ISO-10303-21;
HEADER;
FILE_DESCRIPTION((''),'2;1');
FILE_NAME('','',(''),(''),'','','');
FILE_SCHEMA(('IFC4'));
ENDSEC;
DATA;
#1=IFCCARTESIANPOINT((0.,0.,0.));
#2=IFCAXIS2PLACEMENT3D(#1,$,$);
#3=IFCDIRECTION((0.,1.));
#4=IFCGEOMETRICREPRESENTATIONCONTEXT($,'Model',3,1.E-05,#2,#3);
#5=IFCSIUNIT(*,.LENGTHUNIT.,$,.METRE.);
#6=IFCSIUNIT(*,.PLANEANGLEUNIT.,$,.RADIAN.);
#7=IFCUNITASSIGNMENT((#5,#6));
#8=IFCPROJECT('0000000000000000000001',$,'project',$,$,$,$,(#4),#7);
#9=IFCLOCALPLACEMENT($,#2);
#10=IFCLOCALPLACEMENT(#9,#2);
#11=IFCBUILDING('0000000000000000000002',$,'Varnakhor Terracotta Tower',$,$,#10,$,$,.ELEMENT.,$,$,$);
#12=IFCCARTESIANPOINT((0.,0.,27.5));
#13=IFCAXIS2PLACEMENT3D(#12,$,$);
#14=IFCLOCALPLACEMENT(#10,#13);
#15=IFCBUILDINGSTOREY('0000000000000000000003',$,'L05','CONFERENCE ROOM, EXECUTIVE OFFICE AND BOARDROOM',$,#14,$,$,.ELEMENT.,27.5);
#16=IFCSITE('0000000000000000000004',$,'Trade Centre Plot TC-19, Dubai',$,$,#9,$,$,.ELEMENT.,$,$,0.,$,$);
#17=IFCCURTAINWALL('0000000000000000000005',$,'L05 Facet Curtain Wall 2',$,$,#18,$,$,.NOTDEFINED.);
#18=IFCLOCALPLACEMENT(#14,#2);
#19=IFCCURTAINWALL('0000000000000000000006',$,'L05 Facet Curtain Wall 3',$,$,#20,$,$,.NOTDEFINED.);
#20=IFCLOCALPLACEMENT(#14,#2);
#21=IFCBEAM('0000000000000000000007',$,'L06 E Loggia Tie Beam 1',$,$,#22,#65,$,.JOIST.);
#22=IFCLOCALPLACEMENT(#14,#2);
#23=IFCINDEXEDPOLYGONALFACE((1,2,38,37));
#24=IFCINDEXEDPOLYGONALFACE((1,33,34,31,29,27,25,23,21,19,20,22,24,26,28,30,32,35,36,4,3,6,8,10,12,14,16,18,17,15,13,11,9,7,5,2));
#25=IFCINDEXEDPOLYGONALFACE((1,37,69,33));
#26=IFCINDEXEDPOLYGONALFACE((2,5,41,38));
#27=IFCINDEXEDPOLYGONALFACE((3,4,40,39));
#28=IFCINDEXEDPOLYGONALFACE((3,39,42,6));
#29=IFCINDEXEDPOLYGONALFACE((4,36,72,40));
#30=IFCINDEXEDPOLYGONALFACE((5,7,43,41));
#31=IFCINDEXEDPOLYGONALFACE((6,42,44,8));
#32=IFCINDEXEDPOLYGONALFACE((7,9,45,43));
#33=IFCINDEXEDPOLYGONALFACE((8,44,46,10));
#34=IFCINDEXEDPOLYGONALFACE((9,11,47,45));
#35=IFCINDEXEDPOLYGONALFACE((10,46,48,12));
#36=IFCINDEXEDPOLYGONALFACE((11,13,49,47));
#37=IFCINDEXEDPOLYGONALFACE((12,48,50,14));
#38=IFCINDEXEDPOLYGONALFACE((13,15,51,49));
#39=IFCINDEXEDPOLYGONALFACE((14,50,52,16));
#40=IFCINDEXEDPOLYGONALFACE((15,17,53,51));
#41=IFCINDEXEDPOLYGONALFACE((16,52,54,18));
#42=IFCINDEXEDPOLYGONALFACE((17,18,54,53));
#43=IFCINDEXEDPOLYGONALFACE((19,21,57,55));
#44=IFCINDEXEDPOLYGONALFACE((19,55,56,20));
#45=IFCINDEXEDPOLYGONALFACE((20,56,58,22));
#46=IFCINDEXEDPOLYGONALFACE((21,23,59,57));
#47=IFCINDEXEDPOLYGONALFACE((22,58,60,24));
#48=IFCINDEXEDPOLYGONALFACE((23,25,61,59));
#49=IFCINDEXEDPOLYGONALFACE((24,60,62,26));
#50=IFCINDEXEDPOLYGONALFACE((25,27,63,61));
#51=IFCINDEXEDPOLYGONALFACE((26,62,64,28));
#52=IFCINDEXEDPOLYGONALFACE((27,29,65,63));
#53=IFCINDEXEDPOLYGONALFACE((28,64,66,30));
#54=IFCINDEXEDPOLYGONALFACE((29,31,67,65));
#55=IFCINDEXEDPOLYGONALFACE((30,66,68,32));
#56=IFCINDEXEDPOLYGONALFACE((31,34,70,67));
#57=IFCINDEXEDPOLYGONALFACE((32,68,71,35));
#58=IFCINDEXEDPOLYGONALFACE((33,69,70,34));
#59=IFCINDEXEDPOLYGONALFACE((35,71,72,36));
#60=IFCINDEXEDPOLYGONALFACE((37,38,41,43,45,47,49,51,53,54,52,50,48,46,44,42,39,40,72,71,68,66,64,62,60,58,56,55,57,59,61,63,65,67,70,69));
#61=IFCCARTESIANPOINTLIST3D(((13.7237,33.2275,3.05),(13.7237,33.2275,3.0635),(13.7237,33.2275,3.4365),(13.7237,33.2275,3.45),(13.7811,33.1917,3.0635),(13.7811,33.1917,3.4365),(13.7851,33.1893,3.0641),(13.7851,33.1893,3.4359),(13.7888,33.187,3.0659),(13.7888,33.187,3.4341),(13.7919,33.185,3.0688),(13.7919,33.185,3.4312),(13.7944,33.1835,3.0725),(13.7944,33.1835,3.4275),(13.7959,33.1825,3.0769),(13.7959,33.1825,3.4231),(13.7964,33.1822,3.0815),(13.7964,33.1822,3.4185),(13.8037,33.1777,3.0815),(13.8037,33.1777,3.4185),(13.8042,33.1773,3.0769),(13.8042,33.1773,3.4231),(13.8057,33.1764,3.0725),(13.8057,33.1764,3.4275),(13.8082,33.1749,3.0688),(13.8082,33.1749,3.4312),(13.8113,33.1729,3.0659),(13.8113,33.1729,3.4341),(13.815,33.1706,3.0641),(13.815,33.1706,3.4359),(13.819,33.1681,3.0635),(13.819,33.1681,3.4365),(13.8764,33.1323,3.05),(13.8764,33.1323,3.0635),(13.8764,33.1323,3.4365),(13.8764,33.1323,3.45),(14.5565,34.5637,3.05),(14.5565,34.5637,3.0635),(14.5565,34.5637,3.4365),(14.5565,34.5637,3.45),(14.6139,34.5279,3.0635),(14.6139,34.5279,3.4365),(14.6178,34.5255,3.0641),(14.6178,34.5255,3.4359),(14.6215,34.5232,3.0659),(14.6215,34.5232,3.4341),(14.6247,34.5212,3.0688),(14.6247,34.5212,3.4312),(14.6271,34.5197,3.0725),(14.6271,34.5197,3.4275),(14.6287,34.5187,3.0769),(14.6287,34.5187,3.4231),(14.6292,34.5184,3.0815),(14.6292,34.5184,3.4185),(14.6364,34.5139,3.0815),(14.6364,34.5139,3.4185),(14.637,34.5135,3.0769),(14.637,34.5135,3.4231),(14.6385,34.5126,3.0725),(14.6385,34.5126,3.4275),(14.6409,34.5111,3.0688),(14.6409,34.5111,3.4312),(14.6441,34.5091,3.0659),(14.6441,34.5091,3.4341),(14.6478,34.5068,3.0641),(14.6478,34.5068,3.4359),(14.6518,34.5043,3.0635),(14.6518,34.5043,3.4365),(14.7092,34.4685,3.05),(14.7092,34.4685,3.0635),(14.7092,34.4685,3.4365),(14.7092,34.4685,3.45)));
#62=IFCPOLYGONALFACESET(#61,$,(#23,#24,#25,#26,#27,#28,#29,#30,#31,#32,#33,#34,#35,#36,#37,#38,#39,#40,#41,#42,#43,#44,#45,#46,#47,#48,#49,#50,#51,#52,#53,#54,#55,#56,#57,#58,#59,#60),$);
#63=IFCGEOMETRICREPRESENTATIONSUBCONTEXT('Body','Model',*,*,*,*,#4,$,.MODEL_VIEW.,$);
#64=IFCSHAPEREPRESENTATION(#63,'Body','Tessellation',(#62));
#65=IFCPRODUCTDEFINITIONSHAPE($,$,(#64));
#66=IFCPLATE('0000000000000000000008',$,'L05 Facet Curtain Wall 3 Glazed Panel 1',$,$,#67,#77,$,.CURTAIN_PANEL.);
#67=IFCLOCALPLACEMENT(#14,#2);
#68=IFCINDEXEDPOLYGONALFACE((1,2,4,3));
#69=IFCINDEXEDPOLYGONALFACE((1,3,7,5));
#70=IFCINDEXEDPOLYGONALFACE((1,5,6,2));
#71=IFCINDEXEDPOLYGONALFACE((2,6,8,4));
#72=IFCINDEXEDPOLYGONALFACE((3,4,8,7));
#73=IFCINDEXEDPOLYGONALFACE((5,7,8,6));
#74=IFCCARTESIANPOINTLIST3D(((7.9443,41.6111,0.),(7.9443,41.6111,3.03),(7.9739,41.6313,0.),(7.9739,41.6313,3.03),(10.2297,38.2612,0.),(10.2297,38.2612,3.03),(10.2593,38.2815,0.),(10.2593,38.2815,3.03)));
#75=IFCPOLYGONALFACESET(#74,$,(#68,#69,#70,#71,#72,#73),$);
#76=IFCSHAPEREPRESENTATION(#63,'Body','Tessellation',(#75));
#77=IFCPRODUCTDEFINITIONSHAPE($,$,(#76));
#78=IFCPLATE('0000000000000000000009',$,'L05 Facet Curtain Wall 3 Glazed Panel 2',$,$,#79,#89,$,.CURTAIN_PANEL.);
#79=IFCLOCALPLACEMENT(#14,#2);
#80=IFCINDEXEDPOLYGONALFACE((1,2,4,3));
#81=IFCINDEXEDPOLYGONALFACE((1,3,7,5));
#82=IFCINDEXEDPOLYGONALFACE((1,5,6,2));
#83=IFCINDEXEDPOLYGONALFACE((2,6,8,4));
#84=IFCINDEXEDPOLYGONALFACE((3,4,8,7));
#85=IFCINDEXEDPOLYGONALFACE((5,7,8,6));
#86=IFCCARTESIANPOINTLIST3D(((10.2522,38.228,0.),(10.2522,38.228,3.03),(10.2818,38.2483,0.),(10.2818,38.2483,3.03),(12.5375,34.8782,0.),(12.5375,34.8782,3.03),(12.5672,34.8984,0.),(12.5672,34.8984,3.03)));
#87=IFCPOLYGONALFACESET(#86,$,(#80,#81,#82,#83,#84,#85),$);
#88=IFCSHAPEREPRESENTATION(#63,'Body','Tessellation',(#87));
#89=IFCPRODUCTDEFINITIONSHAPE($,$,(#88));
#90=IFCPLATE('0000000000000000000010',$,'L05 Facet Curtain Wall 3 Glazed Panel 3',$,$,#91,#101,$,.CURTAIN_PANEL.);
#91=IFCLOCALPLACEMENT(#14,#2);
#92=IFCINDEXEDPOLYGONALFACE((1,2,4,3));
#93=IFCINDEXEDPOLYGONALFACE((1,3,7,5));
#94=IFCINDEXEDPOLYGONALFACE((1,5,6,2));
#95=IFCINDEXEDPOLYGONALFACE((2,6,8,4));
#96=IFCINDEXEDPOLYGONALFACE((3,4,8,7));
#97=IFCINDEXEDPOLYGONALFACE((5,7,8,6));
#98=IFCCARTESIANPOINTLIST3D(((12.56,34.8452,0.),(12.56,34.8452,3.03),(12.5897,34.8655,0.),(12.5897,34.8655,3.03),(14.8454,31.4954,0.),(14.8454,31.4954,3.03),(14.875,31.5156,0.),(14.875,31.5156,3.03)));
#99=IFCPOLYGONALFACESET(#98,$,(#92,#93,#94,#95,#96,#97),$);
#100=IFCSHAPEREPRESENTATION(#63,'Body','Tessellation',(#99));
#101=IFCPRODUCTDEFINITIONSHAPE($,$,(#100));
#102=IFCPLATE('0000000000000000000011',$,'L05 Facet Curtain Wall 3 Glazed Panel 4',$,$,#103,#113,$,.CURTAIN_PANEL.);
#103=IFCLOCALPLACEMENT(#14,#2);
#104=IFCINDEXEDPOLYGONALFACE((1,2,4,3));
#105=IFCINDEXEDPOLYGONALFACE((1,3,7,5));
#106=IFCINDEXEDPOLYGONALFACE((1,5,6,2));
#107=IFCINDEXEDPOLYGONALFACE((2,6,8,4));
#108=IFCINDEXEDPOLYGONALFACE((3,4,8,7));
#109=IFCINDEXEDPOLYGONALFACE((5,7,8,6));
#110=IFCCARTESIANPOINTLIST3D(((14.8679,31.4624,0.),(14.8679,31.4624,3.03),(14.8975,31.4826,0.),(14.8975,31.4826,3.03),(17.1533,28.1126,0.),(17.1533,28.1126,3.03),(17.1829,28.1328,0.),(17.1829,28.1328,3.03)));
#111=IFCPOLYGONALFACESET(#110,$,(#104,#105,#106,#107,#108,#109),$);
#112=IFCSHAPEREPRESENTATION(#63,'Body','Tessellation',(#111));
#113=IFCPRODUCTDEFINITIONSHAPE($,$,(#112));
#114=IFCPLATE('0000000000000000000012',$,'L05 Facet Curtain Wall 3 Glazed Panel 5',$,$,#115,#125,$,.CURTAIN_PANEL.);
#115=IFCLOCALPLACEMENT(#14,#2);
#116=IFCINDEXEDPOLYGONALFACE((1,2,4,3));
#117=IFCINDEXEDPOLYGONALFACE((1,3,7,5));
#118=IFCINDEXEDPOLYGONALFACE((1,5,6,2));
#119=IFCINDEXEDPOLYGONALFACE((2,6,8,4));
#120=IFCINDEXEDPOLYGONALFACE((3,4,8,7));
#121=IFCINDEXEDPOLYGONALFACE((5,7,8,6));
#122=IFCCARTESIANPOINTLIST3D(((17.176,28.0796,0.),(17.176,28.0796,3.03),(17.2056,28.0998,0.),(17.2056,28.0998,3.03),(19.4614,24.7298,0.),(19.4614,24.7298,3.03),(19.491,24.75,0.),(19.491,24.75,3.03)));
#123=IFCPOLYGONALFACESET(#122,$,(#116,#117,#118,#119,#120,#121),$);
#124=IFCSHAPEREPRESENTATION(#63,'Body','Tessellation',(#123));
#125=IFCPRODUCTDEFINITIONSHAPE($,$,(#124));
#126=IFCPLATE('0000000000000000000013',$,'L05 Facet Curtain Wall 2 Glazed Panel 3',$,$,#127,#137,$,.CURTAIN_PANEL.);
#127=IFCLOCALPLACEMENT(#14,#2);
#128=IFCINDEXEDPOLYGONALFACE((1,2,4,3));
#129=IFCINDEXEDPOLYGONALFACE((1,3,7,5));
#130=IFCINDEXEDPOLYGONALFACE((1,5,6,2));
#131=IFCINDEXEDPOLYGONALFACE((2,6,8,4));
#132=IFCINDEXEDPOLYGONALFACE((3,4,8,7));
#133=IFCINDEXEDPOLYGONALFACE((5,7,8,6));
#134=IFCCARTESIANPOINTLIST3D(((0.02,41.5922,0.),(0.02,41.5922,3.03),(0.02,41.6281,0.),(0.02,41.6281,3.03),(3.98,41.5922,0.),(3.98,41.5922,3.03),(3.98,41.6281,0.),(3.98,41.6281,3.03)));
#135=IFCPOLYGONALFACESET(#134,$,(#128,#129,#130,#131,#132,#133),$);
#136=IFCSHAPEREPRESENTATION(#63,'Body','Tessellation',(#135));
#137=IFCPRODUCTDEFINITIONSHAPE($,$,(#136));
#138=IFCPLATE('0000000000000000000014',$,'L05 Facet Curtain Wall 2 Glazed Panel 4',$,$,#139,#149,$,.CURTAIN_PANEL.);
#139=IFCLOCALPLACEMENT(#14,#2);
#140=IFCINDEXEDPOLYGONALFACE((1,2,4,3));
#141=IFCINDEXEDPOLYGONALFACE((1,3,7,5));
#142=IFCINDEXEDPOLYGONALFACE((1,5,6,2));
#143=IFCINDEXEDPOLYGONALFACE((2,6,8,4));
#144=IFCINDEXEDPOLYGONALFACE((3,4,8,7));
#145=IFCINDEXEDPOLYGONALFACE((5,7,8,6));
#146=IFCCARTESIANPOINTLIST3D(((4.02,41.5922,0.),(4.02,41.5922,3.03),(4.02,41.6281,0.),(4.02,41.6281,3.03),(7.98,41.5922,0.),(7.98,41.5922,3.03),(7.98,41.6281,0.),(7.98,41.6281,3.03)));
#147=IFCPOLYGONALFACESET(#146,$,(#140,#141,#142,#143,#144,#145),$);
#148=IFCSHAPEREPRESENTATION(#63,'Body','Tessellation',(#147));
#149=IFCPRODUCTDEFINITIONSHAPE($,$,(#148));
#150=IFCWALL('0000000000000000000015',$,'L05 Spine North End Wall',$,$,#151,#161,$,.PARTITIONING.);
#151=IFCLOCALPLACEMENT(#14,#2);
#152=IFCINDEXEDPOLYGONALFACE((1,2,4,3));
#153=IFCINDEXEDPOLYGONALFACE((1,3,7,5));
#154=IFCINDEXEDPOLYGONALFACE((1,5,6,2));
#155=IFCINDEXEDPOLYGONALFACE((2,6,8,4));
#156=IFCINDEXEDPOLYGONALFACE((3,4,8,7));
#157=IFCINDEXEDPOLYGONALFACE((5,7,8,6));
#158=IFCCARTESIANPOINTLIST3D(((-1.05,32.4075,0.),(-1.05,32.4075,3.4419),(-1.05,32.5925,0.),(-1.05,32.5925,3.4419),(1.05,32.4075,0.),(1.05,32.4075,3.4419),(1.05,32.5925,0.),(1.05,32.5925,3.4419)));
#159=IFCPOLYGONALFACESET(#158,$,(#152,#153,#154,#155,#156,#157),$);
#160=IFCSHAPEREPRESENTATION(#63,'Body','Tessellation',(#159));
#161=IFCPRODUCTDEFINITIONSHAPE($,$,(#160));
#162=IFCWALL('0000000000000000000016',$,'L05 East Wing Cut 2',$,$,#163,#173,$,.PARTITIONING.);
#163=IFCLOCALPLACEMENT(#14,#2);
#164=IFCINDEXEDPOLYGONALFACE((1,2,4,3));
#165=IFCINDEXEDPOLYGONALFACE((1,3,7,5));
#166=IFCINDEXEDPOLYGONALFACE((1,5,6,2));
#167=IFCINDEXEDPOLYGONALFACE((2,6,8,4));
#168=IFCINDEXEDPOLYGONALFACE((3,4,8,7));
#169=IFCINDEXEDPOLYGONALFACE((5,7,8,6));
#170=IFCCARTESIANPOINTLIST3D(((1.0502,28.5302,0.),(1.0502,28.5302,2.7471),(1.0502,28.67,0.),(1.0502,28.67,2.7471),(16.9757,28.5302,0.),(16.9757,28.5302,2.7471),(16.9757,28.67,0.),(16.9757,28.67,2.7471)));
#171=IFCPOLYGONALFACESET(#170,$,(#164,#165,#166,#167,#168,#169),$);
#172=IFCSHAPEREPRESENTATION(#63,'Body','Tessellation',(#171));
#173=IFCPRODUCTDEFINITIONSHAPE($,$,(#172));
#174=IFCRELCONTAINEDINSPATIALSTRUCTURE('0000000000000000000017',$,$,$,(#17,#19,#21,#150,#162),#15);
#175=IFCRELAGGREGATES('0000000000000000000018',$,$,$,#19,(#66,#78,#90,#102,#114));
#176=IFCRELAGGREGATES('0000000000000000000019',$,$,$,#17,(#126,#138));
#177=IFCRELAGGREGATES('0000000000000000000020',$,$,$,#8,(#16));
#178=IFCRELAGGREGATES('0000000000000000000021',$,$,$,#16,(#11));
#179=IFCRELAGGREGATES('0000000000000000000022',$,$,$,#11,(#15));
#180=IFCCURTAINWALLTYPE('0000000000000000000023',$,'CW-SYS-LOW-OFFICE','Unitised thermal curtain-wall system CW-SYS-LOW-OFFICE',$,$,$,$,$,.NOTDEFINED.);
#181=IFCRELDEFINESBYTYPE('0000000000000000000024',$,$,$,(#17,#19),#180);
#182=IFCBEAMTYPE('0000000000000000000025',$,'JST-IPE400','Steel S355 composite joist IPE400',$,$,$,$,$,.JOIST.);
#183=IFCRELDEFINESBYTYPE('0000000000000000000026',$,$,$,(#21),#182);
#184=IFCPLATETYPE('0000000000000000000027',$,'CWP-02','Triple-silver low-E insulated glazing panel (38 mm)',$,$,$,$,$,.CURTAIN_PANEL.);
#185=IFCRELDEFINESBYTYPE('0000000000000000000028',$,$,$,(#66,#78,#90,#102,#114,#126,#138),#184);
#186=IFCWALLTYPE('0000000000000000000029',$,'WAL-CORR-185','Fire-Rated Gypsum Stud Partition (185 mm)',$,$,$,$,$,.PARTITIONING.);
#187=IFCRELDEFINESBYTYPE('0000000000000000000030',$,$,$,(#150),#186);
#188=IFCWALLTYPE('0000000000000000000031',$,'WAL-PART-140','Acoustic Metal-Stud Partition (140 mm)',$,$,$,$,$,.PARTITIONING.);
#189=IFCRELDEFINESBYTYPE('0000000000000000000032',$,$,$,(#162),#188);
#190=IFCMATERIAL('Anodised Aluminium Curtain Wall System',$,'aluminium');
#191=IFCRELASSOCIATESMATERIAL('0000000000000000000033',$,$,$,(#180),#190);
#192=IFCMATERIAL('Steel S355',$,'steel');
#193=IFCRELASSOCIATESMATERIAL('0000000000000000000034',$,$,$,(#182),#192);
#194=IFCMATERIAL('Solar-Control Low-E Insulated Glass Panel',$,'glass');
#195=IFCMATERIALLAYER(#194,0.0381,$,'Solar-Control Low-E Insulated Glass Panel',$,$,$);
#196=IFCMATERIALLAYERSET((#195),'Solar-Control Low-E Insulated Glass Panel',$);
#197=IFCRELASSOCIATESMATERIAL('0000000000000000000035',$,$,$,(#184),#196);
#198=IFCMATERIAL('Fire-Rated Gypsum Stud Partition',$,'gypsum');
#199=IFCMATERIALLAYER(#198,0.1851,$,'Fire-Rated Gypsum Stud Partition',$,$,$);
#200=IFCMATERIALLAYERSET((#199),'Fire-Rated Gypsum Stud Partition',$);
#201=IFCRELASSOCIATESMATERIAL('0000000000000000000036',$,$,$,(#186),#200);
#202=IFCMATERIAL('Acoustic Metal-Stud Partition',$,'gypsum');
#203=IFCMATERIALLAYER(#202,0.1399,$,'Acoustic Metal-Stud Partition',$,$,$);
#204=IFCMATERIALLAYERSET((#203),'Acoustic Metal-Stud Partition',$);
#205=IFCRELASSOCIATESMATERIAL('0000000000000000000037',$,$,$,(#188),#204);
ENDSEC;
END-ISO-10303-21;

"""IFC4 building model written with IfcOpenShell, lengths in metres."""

from ifc_helpers import new_model, si_unit, direction, frame, frame_2d, origin, origin_2d, place, context, subcontext, project, spatial, rectangle, i_section, extrude, source, transform, mapped, material, layer, layer_set, material_profile, profile_set, type_object, type_shapes, element, aggregate, save


model = new_model("IFC4")

# Units and contexts
model_context = context("Model", 3, precision=1e-05, world=origin(), true_north=direction((0.0, 1.0)))
body_context = subcontext(model_context, "Body", "Model", "MODEL_VIEW")
ifc_project = project(units=[si_unit("LENGTHUNIT", "METRE"), si_unit("PLANEANGLEUNIT", "RADIAN")], contexts=[model_context])

# Site, building, storey
site_placement = place(None, origin())
site = spatial("IfcSite", under=ifc_project, at=site_placement, Name="Trade Centre Plot TC-19, Dubai", CompositionType="ELEMENT", RefElevation=0.0)
building_placement = place(site_placement, origin())
building = spatial("IfcBuilding", under=site, at=building_placement, Name="Varnakhor Terracotta Tower", CompositionType="ELEMENT")
storey_placement = place(building_placement, frame((0.0, 0.0, 27.5)))
storey = spatial("IfcBuildingStorey", under=building, at=storey_placement, Name="L05", Description="CONFERENCE ROOM, EXECUTIVE OFFICE AND BOARDROOM", CompositionType="ELEMENT", Elevation=27.5)

# Shared definitions
ifc_material_1 = material(Name="Steel S355", Category="steel")

# Curtain walls
ifc_material_2 = material(Name="Anodised Aluminium Curtain Wall System", Category="aluminium")
curtain_wall_type = type_object("IfcCurtainWallType", Name="CW-SYS-LOW-OFFICE", Description="Unitised thermal curtain-wall system CW-SYS-LOW-OFFICE", PredefinedType="NOTDEFINED", material=ifc_material_2)
curtain_wall_1_placement = place(storey_placement, origin())
curtain_wall_1 = element("IfcCurtainWall", 1, at=curtain_wall_1_placement, inside=storey, type_object=curtain_wall_type, Name="L05 Facet Curtain Wall 2", PredefinedType="NOTDEFINED")
curtain_wall_2_placement = place(storey_placement, origin())
curtain_wall_2 = element("IfcCurtainWall", 2, at=curtain_wall_2_placement, inside=storey, type_object=curtain_wall_type, Name="L05 Facet Curtain Wall 3", PredefinedType="NOTDEFINED")

# Beam
ifc_material_profile_1 = material_profile(ifc_material_1, i_section(OverallWidth=0.1799, OverallDepth=0.3999, WebThickness=0.0085, FlangeThickness=0.0134, FilletRadius=0.0181, at=origin_2d()), Name="IPE400")
ifc_profile_set_1 = profile_set([ifc_material_profile_1], Name="Steel S355")
beam_type_1 = type_object("IfcBeamType", Name="JST-IPE400", Description="Steel S355 composite joist IPE400", PredefinedType="JOIST", material=ifc_profile_set_1)
shared_shape_1 = source(origin(), body_context, "Body", "SweptSolid", [
    extrude(i_section(OverallWidth=0.1799, OverallDepth=0.3999, WebThickness=0.0085, FlangeThickness=0.0134, FilletRadius=0.0181, at=origin_2d()), origin(), (0.0, 0.0, 1.0), 1.5745),
])
beam_1_placement = place(storey_placement, frame((13.8, 33.1799, 3.25), z_axis=(0.528925, 0.848668, 0.0), x_axis=(-0.848668, 0.528925, 0.0)))
element("IfcBeam", 3, at=beam_1_placement, inside=storey, type_object=beam_type_1, Name="L06 E Loggia Tie Beam 1", PredefinedType="JOIST", context=body_context, shape_type="MappedRepresentation", body=[
    mapped(shared_shape_1, transform((0.0, 0.0, 0.0), scale=1.0)),
])

# Plates
ifc_material_3 = material(Name="Solar-Control Low-E Insulated Glass Panel", Category="glass")
ifc_layer_1 = layer(ifc_material_3, 0.0381, Name="Solar-Control Low-E Insulated Glass Panel")
ifc_layer_set_1 = layer_set([ifc_layer_1], Name="Solar-Control Low-E Insulated Glass Panel")
plate_type = type_object("IfcPlateType", Name="CWP-02", Description="Triple-silver low-E insulated glazing panel (38 mm)", PredefinedType="CURTAIN_PANEL", material=ifc_layer_set_1)
shared_shape_2 = source(origin(), body_context, "Body", "SweptSolid", [
    extrude(rectangle(XDim=4.0552, YDim=0.0359, at=origin_2d()), origin(), (0.0, 0.0, 1.0), 3.03),
])
type_shapes(plate_type, [shared_shape_2])
plate_1_placement = place(storey_placement, frame((9.1018, 39.9463, 0.0), z_axis=(0.0, 0.0, 1.0), x_axis=(0.563569, -0.826069, 0.0)))
plate_1 = element("IfcPlate", 4, at=plate_1_placement, type_object=plate_type, Name="L05 Facet Curtain Wall 3 Glazed Panel 1", PredefinedType="CURTAIN_PANEL", context=body_context, shape_type="MappedRepresentation", body=[
    mapped(shared_shape_2, transform((0.0, 0.0, 0.0), scale=1.0)),
])
plate_2_placement = place(storey_placement, frame((11.4097, 36.5632, 0.0), z_axis=(0.0, 0.0, 1.0), x_axis=(0.563569, -0.826069, 0.0)))
plate_2 = element("IfcPlate", 5, at=plate_2_placement, type_object=plate_type, Name="L05 Facet Curtain Wall 3 Glazed Panel 2", PredefinedType="CURTAIN_PANEL", context=body_context, shape_type="MappedRepresentation", body=[
    mapped(shared_shape_2, transform((0.0, 0.0, 0.0), scale=1.0)),
])
plate_3_placement = place(storey_placement, frame((13.7175, 33.1804, 0.0), z_axis=(0.0, 0.0, 1.0), x_axis=(0.563569, -0.826069, 0.0)))
plate_3 = element("IfcPlate", 6, at=plate_3_placement, type_object=plate_type, Name="L05 Facet Curtain Wall 3 Glazed Panel 3", PredefinedType="CURTAIN_PANEL", context=body_context, shape_type="MappedRepresentation", body=[
    mapped(shared_shape_2, transform((0.0, 0.0, 0.0), scale=1.0)),
])
plate_4_placement = place(storey_placement, frame((16.0254, 29.7976, 0.0), z_axis=(0.0, 0.0, 1.0), x_axis=(0.563569, -0.826069, 0.0)))
plate_4 = element("IfcPlate", 7, at=plate_4_placement, type_object=plate_type, Name="L05 Facet Curtain Wall 3 Glazed Panel 4", PredefinedType="CURTAIN_PANEL", context=body_context, shape_type="MappedRepresentation", body=[
    mapped(shared_shape_2, transform((0.0, 0.0, 0.0), scale=1.0)),
])
plate_5_placement = place(storey_placement, frame((18.3335, 26.4148, 0.0), z_axis=(0.0, 0.0, 1.0), x_axis=(0.563569, -0.826069, 0.0)))
plate_5 = element("IfcPlate", 8, at=plate_5_placement, type_object=plate_type, Name="L05 Facet Curtain Wall 3 Glazed Panel 5", PredefinedType="CURTAIN_PANEL", context=body_context, shape_type="MappedRepresentation", body=[
    mapped(shared_shape_2, transform((0.0, 0.0, 0.0), scale=1.0)),
])
aggregate(curtain_wall_2, [plate_1, plate_2, plate_3, plate_4, plate_5])
shared_shape_3 = source(origin(), body_context, "Body", "SweptSolid", [
    extrude(rectangle(XDim=3.96, YDim=0.0359, at=origin_2d()), origin(), (0.0, 0.0, 1.0), 3.03),
])
plate_6_placement = place(storey_placement, frame((2.0, 41.6101, 0.0), z_axis=(0.0, 0.0, 1.0), x_axis=(1.0, 0.0, 0.0)))
plate_6 = element("IfcPlate", 9, at=plate_6_placement, type_object=plate_type, Name="L05 Facet Curtain Wall 2 Glazed Panel 3", PredefinedType="CURTAIN_PANEL", context=body_context, shape_type="MappedRepresentation", body=[
    mapped(shared_shape_3, transform((0.0, 0.0, 0.0), scale=1.0)),
])
plate_7_placement = place(storey_placement, frame((6.0, 41.6101, 0.0), z_axis=(0.0, 0.0, 1.0), x_axis=(1.0, 0.0, 0.0)))
plate_7 = element("IfcPlate", 10, at=plate_7_placement, type_object=plate_type, Name="L05 Facet Curtain Wall 2 Glazed Panel 4", PredefinedType="CURTAIN_PANEL", context=body_context, shape_type="MappedRepresentation", body=[
    mapped(shared_shape_3, transform((0.0, 0.0, 0.0), scale=1.0)),
])
aggregate(curtain_wall_1, [plate_6, plate_7])

# Walls
ifc_material_4 = material(Name="Fire-Rated Gypsum Stud Partition", Category="gypsum")
ifc_layer_2 = layer(ifc_material_4, 0.1851, Name="Fire-Rated Gypsum Stud Partition")
ifc_layer_set_2 = layer_set([ifc_layer_2], Name="Fire-Rated Gypsum Stud Partition")
wall_type_1 = type_object("IfcWallType", Name="WAL-CORR-185", Description="Fire-Rated Gypsum Stud Partition (185 mm)", PredefinedType="PARTITIONING", material=ifc_layer_set_2)
wall_1_placement = place(storey_placement, frame((-1.05, 32.5, 0.0), z_axis=(0.0, 0.0, 1.0), x_axis=(1.0, 0.0, 0.0)))
element("IfcWall", 11, at=wall_1_placement, inside=storey, type_object=wall_type_1, Name="L05 Spine North End Wall", PredefinedType="PARTITIONING", context=body_context, shape_type="SweptSolid", body=[
    extrude(rectangle(XDim=2.1001, YDim=0.1851, at=frame_2d((1.05, 0.0))), origin(), (0.0, 0.0, 1.0), 3.4419),
])
ifc_material_5 = material(Name="Acoustic Metal-Stud Partition", Category="gypsum")
ifc_layer_3 = layer(ifc_material_5, 0.1399, Name="Acoustic Metal-Stud Partition")
ifc_layer_set_3 = layer_set([ifc_layer_3], Name="Acoustic Metal-Stud Partition")
wall_type_2 = type_object("IfcWallType", Name="WAL-PART-140", Description="Acoustic Metal-Stud Partition (140 mm)", PredefinedType="PARTITIONING", material=ifc_layer_set_3)
wall_2_placement = place(storey_placement, frame((1.05, 28.6001, 0.0), z_axis=(0.0, 0.0, 1.0), x_axis=(1.0, 0.0, 0.0)))
element("IfcWall", 12, at=wall_2_placement, inside=storey, type_object=wall_type_2, Name="L05 East Wing Cut 2", PredefinedType="PARTITIONING", context=body_context, shape_type="SweptSolid", body=[
    extrude(rectangle(XDim=15.9255, YDim=0.1399, at=frame_2d((7.9629, 0.0))), origin(), (0.0, 0.0, 1.0), 2.7471),
])

save(model, "model.ifc")
